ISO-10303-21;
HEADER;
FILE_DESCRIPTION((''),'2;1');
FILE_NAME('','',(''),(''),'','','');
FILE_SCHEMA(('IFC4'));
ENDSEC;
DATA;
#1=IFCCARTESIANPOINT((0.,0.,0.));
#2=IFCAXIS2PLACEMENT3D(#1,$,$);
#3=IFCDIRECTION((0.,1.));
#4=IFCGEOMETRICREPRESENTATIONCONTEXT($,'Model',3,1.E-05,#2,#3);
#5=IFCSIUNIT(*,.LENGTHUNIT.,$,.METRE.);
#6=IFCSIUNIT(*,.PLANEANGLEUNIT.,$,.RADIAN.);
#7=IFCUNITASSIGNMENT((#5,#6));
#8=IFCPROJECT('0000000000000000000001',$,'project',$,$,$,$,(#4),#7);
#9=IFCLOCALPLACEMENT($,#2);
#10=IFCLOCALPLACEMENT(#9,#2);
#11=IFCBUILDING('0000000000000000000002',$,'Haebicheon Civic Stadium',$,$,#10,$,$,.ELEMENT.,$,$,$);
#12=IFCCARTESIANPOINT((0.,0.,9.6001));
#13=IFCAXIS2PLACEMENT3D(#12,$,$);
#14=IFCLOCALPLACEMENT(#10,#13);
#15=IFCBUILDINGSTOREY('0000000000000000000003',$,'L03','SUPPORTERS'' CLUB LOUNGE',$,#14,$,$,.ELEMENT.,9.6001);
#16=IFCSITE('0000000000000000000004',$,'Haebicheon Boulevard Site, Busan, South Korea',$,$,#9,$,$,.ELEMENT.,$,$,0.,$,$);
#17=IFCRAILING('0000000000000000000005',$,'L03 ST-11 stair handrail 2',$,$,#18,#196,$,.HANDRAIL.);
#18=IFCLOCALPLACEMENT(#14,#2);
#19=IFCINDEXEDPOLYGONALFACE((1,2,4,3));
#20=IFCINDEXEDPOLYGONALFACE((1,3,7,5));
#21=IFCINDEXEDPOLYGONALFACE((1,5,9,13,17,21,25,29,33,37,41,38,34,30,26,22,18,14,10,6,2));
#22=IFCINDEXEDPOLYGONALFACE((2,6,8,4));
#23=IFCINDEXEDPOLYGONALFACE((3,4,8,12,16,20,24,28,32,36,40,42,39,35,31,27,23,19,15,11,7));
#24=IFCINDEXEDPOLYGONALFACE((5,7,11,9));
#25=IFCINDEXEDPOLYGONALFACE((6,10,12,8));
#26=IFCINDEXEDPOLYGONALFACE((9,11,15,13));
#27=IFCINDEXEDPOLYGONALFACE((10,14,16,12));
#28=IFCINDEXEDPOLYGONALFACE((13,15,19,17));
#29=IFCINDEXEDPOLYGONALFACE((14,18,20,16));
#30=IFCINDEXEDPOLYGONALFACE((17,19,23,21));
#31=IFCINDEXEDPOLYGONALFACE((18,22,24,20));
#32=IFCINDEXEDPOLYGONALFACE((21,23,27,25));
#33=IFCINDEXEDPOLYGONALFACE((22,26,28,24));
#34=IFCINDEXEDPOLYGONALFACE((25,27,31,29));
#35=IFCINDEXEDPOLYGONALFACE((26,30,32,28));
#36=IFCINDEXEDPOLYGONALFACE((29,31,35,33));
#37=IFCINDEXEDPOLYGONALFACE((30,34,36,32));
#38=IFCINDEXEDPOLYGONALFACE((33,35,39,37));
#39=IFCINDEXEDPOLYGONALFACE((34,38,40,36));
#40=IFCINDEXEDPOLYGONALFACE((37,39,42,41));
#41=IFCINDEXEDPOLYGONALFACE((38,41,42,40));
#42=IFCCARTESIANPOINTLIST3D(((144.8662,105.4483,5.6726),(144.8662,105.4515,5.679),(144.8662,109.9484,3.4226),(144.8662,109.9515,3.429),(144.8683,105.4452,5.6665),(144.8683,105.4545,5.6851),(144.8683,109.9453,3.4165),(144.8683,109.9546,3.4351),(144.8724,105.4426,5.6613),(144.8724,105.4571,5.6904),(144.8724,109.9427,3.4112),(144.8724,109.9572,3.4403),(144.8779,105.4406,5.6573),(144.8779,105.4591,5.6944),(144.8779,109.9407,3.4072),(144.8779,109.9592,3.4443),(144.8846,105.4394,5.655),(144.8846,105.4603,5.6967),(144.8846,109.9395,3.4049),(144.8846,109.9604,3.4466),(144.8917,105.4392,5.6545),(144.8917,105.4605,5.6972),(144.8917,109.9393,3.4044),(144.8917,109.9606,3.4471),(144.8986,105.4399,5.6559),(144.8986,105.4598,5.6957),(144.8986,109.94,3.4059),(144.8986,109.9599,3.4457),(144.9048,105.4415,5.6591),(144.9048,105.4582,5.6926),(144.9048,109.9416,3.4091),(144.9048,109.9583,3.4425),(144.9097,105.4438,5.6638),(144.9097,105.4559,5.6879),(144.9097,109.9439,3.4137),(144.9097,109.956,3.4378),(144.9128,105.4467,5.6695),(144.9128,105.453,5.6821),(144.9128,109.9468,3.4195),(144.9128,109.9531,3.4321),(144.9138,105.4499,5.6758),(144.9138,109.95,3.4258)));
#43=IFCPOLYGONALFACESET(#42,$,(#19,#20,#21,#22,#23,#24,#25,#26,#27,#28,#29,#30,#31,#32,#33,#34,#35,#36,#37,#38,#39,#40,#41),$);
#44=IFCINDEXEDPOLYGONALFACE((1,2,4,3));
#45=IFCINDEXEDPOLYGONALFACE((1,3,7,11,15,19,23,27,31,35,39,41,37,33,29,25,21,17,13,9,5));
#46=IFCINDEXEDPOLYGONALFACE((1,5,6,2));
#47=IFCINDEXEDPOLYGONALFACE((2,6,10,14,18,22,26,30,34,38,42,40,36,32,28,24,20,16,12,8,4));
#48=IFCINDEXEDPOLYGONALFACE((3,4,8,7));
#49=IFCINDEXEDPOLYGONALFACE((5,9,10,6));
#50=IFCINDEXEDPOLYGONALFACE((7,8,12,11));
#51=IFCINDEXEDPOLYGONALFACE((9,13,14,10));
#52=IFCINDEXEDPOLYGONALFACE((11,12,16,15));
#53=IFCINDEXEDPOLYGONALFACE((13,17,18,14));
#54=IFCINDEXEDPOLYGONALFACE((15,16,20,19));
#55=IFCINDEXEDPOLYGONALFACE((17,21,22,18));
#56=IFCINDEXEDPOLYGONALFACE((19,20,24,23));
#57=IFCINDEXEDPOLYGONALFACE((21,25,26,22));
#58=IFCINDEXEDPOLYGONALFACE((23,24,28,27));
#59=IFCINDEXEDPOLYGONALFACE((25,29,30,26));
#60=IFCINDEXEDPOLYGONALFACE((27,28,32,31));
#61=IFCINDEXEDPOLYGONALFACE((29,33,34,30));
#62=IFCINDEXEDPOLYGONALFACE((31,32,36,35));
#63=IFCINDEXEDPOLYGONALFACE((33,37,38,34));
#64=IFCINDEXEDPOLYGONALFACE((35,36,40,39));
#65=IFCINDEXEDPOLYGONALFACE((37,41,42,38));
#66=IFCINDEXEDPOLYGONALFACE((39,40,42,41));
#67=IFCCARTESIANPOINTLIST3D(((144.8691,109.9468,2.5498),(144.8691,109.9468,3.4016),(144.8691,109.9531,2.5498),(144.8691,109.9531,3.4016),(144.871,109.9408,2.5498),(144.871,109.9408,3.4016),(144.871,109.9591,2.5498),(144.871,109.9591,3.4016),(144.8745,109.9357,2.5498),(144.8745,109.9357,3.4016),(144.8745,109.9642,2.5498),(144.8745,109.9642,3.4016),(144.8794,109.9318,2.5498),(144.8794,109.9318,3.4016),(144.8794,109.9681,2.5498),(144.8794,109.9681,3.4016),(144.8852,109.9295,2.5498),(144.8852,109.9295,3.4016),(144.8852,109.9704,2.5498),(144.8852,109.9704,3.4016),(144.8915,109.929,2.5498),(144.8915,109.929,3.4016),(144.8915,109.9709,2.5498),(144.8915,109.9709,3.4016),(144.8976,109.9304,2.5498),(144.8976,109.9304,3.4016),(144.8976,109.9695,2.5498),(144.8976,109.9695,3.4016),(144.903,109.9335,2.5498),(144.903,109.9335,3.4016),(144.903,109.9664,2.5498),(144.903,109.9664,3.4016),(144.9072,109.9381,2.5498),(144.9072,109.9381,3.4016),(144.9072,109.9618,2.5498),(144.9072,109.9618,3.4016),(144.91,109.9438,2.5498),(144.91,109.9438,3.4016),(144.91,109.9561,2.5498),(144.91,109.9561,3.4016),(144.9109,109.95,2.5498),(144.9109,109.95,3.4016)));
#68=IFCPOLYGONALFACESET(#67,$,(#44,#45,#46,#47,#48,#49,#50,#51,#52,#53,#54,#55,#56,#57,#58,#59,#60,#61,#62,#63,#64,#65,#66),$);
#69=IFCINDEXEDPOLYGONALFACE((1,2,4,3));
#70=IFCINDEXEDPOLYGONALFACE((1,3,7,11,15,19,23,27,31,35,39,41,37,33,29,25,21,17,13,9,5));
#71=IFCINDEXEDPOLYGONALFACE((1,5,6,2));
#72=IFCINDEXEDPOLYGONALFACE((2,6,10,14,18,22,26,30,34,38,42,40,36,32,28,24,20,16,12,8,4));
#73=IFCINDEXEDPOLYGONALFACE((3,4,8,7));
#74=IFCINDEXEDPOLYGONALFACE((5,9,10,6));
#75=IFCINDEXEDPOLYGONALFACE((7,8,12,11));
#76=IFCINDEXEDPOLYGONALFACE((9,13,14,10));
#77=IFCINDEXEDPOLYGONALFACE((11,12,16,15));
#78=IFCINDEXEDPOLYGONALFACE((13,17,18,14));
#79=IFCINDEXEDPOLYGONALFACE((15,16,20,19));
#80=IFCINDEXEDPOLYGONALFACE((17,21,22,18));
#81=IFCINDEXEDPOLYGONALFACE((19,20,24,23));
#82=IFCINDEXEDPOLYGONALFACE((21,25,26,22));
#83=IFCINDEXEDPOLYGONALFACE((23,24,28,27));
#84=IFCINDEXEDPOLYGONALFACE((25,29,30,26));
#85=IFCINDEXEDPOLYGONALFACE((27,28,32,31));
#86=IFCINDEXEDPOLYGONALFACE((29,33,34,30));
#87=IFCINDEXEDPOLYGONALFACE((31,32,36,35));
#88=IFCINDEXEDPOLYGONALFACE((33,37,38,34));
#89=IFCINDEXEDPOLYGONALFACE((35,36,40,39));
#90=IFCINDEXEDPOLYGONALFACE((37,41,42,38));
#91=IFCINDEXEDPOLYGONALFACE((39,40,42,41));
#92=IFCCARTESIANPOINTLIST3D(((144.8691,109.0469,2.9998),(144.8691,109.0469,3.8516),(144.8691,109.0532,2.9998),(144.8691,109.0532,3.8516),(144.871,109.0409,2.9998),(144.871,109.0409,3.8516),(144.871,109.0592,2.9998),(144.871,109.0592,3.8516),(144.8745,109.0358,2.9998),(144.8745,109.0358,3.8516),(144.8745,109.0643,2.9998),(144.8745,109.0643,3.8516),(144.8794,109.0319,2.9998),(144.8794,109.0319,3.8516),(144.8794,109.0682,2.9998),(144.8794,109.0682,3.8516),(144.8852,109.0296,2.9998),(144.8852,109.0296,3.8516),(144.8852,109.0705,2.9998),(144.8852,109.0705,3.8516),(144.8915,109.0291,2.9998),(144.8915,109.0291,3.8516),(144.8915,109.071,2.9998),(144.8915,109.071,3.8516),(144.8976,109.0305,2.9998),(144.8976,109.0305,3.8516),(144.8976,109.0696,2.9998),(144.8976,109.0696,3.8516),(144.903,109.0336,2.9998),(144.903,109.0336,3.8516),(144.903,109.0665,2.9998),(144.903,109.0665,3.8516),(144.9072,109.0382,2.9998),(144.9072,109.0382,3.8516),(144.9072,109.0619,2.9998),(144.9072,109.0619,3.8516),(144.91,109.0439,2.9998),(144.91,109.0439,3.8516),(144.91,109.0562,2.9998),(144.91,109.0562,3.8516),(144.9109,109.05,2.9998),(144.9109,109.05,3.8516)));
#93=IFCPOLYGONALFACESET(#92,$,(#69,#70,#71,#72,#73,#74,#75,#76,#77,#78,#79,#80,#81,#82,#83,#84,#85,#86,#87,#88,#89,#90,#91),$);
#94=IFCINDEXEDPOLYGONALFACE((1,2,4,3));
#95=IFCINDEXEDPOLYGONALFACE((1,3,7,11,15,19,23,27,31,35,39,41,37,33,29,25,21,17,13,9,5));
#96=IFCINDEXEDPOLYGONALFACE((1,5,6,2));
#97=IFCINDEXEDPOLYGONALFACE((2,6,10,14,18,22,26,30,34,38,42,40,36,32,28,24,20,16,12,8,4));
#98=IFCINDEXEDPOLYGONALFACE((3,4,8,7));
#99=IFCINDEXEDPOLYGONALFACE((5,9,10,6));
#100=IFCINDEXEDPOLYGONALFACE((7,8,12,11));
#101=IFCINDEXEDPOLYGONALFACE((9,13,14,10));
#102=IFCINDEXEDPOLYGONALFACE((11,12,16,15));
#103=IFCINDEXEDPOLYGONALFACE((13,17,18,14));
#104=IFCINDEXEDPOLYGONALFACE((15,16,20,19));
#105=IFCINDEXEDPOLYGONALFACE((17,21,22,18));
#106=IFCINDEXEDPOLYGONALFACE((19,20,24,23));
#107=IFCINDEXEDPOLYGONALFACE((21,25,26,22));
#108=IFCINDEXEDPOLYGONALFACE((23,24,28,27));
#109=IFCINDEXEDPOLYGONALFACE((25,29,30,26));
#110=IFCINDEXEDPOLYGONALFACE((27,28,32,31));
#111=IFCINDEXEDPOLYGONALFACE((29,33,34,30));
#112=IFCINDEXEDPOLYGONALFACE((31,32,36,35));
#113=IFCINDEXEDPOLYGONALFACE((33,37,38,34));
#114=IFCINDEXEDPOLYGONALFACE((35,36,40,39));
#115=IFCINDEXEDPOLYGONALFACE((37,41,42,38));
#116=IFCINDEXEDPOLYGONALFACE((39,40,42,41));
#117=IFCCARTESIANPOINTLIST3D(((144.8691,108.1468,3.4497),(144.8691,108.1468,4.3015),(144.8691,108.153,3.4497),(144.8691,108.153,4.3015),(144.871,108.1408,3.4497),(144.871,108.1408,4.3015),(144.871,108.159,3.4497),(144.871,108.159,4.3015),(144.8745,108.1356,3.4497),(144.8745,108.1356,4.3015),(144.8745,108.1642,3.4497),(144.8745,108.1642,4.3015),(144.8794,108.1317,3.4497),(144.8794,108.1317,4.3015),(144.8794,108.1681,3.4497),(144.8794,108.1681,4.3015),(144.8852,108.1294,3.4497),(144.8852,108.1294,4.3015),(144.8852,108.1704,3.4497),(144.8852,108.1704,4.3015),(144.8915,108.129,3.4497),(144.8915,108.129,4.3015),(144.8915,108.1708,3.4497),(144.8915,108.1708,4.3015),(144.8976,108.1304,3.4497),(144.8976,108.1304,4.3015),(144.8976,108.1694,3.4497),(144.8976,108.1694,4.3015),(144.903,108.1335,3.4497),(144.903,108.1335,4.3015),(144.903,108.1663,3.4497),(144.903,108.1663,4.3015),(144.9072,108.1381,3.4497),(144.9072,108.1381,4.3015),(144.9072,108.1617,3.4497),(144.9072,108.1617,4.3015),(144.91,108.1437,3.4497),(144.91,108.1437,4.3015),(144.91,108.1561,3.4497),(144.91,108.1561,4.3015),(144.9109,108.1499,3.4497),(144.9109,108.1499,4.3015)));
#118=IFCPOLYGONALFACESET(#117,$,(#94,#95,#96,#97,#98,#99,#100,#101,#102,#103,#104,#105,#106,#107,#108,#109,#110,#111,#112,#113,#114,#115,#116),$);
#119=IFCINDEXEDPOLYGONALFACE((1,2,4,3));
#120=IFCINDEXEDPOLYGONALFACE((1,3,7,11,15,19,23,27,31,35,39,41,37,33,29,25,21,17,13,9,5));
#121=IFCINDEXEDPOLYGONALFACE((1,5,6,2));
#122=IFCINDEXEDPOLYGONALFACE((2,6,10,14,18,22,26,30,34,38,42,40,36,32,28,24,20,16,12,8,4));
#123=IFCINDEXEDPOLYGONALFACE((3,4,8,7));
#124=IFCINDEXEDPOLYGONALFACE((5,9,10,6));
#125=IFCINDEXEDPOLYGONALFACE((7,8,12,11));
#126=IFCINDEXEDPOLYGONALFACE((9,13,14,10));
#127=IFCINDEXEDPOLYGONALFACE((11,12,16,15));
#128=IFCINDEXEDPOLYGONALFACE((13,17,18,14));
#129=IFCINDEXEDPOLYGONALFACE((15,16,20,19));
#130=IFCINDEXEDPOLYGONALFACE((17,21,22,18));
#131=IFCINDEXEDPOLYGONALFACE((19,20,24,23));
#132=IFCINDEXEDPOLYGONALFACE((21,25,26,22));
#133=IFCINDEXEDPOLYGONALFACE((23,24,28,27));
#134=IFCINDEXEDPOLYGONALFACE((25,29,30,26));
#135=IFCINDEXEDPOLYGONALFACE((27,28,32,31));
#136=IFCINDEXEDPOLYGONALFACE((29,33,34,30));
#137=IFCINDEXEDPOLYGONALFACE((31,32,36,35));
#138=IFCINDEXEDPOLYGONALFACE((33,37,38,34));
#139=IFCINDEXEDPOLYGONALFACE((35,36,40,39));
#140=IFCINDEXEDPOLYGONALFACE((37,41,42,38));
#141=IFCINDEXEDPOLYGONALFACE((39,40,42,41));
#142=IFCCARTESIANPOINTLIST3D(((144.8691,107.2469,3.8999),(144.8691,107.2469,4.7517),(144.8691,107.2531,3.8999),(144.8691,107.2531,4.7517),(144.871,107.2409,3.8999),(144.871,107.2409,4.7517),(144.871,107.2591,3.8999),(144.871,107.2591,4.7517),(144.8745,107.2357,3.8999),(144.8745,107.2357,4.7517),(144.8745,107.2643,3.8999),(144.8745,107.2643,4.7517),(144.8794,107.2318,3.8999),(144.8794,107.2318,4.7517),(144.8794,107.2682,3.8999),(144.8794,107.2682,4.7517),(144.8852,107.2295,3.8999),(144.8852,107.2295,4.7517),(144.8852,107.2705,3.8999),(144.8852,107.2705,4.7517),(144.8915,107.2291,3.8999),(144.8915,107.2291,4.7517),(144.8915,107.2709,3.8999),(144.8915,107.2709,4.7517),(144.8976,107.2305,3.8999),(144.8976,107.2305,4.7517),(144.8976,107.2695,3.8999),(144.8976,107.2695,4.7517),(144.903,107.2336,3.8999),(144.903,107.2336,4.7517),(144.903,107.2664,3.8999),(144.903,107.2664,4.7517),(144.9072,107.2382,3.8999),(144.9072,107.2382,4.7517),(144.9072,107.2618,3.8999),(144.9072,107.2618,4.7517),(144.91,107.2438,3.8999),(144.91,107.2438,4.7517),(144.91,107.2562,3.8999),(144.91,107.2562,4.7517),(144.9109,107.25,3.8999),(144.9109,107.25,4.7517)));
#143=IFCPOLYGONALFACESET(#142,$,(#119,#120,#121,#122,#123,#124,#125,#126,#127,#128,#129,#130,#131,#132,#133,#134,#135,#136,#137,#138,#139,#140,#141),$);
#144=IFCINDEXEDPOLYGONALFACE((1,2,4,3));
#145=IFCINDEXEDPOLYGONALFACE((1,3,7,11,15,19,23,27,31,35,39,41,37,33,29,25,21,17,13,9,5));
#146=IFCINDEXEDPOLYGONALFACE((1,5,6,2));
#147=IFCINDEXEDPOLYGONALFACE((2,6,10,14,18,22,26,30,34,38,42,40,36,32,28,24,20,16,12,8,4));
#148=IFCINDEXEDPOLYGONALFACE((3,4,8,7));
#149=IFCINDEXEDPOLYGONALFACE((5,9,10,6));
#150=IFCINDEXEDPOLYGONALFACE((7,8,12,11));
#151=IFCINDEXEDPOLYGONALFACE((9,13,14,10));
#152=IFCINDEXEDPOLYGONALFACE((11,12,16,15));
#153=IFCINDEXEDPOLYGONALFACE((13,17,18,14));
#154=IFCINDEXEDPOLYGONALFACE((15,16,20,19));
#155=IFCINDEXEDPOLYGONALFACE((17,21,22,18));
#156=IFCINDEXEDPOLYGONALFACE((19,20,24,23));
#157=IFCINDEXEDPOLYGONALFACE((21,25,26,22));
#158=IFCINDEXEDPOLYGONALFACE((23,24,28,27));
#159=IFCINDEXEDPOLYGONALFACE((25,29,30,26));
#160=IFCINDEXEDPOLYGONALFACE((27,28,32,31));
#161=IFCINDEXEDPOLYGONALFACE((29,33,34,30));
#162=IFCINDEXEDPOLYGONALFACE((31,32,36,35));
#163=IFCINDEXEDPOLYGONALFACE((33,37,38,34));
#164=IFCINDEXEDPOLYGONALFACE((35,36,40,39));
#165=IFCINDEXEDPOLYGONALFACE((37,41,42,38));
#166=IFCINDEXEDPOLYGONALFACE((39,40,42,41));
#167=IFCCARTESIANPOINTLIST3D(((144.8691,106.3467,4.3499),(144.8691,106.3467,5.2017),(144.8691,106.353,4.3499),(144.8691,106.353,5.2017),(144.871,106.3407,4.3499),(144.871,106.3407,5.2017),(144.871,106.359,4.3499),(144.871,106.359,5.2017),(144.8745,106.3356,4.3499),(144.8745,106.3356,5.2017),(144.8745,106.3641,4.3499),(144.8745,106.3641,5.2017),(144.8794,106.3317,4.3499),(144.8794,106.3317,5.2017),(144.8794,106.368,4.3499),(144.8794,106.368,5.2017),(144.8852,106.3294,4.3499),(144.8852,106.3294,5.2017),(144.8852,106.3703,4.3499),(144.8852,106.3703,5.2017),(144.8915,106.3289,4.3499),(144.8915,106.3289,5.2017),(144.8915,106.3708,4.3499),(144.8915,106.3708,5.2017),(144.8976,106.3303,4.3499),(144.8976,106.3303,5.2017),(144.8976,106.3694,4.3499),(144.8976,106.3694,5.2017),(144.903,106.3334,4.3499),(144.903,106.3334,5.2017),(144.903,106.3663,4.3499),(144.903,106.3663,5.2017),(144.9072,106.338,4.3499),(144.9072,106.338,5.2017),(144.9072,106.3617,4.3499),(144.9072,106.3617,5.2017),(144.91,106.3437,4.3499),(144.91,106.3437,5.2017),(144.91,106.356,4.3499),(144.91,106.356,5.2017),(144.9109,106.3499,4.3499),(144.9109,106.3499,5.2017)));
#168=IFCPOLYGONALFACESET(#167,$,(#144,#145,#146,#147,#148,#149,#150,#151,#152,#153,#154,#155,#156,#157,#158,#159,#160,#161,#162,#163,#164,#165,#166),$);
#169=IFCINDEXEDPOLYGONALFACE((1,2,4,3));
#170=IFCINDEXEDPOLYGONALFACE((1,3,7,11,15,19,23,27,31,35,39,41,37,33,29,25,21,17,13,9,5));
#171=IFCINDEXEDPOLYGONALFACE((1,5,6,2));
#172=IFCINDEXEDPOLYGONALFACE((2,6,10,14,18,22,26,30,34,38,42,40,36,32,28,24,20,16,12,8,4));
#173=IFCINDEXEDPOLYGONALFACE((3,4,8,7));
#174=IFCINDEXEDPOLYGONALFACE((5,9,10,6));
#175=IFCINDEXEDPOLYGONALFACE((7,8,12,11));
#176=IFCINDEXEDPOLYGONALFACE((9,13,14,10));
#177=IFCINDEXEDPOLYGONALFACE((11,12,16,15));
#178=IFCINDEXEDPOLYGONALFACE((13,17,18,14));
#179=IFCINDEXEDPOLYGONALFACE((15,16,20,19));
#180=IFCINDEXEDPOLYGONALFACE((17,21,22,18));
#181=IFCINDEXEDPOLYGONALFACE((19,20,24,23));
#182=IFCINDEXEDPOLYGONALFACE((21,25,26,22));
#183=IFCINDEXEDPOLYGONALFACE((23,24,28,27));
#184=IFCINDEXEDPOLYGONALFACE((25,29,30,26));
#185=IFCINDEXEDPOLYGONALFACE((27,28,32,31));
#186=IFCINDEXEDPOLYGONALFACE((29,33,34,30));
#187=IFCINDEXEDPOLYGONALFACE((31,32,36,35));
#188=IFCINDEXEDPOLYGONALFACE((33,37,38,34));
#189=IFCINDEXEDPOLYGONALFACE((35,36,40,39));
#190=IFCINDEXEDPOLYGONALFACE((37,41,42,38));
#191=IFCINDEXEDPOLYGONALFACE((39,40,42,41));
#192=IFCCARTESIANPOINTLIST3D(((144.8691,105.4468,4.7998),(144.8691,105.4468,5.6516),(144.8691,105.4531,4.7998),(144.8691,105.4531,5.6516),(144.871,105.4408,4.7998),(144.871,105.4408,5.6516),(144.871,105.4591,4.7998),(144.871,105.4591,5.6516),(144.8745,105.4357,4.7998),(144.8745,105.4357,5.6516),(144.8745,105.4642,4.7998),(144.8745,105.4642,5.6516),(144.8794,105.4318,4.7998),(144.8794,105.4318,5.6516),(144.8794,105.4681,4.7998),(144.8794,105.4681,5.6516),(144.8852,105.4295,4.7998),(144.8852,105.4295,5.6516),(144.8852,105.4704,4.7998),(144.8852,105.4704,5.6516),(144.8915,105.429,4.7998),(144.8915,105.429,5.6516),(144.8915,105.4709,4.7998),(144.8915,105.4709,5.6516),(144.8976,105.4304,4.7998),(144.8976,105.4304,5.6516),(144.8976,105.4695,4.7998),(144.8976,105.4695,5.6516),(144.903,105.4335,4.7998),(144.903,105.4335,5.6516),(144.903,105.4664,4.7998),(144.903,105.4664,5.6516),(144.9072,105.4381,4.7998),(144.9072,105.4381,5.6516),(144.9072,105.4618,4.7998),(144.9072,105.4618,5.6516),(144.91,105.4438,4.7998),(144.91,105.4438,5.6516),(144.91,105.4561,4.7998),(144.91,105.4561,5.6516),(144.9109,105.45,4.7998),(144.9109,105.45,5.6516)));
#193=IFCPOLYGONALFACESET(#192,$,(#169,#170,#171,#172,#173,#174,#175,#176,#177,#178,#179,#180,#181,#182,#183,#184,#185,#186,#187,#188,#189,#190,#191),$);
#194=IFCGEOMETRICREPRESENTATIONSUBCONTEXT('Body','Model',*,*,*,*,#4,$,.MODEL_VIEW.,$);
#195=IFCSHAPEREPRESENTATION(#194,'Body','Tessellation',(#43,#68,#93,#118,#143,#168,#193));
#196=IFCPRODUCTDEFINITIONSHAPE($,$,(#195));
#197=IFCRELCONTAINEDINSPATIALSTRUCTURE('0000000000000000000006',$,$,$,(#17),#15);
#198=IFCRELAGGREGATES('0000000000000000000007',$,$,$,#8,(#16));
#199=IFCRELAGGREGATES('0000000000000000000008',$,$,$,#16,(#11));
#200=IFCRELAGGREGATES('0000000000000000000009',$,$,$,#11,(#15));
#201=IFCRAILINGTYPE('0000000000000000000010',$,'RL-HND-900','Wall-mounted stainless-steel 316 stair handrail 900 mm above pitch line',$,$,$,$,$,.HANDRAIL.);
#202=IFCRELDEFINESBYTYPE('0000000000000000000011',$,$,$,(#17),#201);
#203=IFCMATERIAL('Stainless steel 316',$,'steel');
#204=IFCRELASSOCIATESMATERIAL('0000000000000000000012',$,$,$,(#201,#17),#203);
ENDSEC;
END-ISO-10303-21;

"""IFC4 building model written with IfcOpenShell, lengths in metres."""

from ifc_helpers import new_model, si_unit, direction, frame, origin, origin_2d, place, context, subcontext, project, spatial, circle, extrude, material, type_object, element, save


model = new_model("IFC4")

# Units and contexts
model_context = context("Model", 3, precision=1e-05, world=origin(), true_north=direction((0.0, 1.0)))
body_context = subcontext(model_context, "Body", "Model", "MODEL_VIEW")
ifc_project = project(units=[si_unit("LENGTHUNIT", "METRE"), si_unit("PLANEANGLEUNIT", "RADIAN")], contexts=[model_context])

# Site, building, storey
site_placement = place(None, origin())
site = spatial("IfcSite", under=ifc_project, at=site_placement, Name="Haebicheon Boulevard Site, Busan, South Korea", CompositionType="ELEMENT", RefElevation=0.0)
building_placement = place(site_placement, origin())
building = spatial("IfcBuilding", under=site, at=building_placement, Name="Haebicheon Civic Stadium", CompositionType="ELEMENT")
storey_placement = place(building_placement, frame((0.0, 0.0, 9.6001)))
storey = spatial("IfcBuildingStorey", under=building, at=storey_placement, Name="L03", Description="SUPPORTERS' CLUB LOUNGE", CompositionType="ELEMENT", Elevation=9.6001)

# Railing
ifc_material_1 = material(Name="Stainless steel 316", Category="steel")
railing_type_1 = type_object("IfcRailingType", Name="RL-HND-900", Description="Wall-mounted stainless-steel 316 stair handrail 900 mm above pitch line", PredefinedType="HANDRAIL", material=ifc_material_1)
railing_1_placement = place(storey_placement, frame((144.8899, 109.95, 2.5498)))
element("IfcRailing", 1, at=railing_1_placement, inside=storey, type_object=railing_type_1, material=ifc_material_1, Name="L03 ST-11 stair handrail 2", PredefinedType="HANDRAIL", context=body_context, shape_type="SweptSolid", body=[
    extrude(circle(Radius=0.0239, at=origin_2d()), frame((0.0, 0.0, 0.876), z_axis=(0.0, -0.894427, 0.447214), x_axis=(1.0, 0.0, 0.0)), (0.0, 0.0, 1.0), 5.0312),
    extrude(circle(Radius=0.021, at=origin_2d()), origin(), (0.0, 0.0, 1.0), 0.8518),
    extrude(circle(Radius=0.021, at=origin_2d()), frame((0.0, -0.8999, 0.45)), (0.0, 0.0, 1.0), 0.8518),
    extrude(circle(Radius=0.021, at=origin_2d()), frame((0.0, -1.8, 0.8999)), (0.0, 0.0, 1.0), 0.8518),
    extrude(circle(Radius=0.021, at=origin_2d()), frame((0.0, -2.7, 1.3501)), (0.0, 0.0, 1.0), 0.8518),
    extrude(circle(Radius=0.021, at=origin_2d()), frame((0.0, -3.6001, 1.8)), (0.0, 0.0, 1.0), 0.8518),
    extrude(circle(Radius=0.021, at=origin_2d()), frame((0.0, -4.5, 2.25)), (0.0, 0.0, 1.0), 0.8518),
])

save(model, "model.ifc")
